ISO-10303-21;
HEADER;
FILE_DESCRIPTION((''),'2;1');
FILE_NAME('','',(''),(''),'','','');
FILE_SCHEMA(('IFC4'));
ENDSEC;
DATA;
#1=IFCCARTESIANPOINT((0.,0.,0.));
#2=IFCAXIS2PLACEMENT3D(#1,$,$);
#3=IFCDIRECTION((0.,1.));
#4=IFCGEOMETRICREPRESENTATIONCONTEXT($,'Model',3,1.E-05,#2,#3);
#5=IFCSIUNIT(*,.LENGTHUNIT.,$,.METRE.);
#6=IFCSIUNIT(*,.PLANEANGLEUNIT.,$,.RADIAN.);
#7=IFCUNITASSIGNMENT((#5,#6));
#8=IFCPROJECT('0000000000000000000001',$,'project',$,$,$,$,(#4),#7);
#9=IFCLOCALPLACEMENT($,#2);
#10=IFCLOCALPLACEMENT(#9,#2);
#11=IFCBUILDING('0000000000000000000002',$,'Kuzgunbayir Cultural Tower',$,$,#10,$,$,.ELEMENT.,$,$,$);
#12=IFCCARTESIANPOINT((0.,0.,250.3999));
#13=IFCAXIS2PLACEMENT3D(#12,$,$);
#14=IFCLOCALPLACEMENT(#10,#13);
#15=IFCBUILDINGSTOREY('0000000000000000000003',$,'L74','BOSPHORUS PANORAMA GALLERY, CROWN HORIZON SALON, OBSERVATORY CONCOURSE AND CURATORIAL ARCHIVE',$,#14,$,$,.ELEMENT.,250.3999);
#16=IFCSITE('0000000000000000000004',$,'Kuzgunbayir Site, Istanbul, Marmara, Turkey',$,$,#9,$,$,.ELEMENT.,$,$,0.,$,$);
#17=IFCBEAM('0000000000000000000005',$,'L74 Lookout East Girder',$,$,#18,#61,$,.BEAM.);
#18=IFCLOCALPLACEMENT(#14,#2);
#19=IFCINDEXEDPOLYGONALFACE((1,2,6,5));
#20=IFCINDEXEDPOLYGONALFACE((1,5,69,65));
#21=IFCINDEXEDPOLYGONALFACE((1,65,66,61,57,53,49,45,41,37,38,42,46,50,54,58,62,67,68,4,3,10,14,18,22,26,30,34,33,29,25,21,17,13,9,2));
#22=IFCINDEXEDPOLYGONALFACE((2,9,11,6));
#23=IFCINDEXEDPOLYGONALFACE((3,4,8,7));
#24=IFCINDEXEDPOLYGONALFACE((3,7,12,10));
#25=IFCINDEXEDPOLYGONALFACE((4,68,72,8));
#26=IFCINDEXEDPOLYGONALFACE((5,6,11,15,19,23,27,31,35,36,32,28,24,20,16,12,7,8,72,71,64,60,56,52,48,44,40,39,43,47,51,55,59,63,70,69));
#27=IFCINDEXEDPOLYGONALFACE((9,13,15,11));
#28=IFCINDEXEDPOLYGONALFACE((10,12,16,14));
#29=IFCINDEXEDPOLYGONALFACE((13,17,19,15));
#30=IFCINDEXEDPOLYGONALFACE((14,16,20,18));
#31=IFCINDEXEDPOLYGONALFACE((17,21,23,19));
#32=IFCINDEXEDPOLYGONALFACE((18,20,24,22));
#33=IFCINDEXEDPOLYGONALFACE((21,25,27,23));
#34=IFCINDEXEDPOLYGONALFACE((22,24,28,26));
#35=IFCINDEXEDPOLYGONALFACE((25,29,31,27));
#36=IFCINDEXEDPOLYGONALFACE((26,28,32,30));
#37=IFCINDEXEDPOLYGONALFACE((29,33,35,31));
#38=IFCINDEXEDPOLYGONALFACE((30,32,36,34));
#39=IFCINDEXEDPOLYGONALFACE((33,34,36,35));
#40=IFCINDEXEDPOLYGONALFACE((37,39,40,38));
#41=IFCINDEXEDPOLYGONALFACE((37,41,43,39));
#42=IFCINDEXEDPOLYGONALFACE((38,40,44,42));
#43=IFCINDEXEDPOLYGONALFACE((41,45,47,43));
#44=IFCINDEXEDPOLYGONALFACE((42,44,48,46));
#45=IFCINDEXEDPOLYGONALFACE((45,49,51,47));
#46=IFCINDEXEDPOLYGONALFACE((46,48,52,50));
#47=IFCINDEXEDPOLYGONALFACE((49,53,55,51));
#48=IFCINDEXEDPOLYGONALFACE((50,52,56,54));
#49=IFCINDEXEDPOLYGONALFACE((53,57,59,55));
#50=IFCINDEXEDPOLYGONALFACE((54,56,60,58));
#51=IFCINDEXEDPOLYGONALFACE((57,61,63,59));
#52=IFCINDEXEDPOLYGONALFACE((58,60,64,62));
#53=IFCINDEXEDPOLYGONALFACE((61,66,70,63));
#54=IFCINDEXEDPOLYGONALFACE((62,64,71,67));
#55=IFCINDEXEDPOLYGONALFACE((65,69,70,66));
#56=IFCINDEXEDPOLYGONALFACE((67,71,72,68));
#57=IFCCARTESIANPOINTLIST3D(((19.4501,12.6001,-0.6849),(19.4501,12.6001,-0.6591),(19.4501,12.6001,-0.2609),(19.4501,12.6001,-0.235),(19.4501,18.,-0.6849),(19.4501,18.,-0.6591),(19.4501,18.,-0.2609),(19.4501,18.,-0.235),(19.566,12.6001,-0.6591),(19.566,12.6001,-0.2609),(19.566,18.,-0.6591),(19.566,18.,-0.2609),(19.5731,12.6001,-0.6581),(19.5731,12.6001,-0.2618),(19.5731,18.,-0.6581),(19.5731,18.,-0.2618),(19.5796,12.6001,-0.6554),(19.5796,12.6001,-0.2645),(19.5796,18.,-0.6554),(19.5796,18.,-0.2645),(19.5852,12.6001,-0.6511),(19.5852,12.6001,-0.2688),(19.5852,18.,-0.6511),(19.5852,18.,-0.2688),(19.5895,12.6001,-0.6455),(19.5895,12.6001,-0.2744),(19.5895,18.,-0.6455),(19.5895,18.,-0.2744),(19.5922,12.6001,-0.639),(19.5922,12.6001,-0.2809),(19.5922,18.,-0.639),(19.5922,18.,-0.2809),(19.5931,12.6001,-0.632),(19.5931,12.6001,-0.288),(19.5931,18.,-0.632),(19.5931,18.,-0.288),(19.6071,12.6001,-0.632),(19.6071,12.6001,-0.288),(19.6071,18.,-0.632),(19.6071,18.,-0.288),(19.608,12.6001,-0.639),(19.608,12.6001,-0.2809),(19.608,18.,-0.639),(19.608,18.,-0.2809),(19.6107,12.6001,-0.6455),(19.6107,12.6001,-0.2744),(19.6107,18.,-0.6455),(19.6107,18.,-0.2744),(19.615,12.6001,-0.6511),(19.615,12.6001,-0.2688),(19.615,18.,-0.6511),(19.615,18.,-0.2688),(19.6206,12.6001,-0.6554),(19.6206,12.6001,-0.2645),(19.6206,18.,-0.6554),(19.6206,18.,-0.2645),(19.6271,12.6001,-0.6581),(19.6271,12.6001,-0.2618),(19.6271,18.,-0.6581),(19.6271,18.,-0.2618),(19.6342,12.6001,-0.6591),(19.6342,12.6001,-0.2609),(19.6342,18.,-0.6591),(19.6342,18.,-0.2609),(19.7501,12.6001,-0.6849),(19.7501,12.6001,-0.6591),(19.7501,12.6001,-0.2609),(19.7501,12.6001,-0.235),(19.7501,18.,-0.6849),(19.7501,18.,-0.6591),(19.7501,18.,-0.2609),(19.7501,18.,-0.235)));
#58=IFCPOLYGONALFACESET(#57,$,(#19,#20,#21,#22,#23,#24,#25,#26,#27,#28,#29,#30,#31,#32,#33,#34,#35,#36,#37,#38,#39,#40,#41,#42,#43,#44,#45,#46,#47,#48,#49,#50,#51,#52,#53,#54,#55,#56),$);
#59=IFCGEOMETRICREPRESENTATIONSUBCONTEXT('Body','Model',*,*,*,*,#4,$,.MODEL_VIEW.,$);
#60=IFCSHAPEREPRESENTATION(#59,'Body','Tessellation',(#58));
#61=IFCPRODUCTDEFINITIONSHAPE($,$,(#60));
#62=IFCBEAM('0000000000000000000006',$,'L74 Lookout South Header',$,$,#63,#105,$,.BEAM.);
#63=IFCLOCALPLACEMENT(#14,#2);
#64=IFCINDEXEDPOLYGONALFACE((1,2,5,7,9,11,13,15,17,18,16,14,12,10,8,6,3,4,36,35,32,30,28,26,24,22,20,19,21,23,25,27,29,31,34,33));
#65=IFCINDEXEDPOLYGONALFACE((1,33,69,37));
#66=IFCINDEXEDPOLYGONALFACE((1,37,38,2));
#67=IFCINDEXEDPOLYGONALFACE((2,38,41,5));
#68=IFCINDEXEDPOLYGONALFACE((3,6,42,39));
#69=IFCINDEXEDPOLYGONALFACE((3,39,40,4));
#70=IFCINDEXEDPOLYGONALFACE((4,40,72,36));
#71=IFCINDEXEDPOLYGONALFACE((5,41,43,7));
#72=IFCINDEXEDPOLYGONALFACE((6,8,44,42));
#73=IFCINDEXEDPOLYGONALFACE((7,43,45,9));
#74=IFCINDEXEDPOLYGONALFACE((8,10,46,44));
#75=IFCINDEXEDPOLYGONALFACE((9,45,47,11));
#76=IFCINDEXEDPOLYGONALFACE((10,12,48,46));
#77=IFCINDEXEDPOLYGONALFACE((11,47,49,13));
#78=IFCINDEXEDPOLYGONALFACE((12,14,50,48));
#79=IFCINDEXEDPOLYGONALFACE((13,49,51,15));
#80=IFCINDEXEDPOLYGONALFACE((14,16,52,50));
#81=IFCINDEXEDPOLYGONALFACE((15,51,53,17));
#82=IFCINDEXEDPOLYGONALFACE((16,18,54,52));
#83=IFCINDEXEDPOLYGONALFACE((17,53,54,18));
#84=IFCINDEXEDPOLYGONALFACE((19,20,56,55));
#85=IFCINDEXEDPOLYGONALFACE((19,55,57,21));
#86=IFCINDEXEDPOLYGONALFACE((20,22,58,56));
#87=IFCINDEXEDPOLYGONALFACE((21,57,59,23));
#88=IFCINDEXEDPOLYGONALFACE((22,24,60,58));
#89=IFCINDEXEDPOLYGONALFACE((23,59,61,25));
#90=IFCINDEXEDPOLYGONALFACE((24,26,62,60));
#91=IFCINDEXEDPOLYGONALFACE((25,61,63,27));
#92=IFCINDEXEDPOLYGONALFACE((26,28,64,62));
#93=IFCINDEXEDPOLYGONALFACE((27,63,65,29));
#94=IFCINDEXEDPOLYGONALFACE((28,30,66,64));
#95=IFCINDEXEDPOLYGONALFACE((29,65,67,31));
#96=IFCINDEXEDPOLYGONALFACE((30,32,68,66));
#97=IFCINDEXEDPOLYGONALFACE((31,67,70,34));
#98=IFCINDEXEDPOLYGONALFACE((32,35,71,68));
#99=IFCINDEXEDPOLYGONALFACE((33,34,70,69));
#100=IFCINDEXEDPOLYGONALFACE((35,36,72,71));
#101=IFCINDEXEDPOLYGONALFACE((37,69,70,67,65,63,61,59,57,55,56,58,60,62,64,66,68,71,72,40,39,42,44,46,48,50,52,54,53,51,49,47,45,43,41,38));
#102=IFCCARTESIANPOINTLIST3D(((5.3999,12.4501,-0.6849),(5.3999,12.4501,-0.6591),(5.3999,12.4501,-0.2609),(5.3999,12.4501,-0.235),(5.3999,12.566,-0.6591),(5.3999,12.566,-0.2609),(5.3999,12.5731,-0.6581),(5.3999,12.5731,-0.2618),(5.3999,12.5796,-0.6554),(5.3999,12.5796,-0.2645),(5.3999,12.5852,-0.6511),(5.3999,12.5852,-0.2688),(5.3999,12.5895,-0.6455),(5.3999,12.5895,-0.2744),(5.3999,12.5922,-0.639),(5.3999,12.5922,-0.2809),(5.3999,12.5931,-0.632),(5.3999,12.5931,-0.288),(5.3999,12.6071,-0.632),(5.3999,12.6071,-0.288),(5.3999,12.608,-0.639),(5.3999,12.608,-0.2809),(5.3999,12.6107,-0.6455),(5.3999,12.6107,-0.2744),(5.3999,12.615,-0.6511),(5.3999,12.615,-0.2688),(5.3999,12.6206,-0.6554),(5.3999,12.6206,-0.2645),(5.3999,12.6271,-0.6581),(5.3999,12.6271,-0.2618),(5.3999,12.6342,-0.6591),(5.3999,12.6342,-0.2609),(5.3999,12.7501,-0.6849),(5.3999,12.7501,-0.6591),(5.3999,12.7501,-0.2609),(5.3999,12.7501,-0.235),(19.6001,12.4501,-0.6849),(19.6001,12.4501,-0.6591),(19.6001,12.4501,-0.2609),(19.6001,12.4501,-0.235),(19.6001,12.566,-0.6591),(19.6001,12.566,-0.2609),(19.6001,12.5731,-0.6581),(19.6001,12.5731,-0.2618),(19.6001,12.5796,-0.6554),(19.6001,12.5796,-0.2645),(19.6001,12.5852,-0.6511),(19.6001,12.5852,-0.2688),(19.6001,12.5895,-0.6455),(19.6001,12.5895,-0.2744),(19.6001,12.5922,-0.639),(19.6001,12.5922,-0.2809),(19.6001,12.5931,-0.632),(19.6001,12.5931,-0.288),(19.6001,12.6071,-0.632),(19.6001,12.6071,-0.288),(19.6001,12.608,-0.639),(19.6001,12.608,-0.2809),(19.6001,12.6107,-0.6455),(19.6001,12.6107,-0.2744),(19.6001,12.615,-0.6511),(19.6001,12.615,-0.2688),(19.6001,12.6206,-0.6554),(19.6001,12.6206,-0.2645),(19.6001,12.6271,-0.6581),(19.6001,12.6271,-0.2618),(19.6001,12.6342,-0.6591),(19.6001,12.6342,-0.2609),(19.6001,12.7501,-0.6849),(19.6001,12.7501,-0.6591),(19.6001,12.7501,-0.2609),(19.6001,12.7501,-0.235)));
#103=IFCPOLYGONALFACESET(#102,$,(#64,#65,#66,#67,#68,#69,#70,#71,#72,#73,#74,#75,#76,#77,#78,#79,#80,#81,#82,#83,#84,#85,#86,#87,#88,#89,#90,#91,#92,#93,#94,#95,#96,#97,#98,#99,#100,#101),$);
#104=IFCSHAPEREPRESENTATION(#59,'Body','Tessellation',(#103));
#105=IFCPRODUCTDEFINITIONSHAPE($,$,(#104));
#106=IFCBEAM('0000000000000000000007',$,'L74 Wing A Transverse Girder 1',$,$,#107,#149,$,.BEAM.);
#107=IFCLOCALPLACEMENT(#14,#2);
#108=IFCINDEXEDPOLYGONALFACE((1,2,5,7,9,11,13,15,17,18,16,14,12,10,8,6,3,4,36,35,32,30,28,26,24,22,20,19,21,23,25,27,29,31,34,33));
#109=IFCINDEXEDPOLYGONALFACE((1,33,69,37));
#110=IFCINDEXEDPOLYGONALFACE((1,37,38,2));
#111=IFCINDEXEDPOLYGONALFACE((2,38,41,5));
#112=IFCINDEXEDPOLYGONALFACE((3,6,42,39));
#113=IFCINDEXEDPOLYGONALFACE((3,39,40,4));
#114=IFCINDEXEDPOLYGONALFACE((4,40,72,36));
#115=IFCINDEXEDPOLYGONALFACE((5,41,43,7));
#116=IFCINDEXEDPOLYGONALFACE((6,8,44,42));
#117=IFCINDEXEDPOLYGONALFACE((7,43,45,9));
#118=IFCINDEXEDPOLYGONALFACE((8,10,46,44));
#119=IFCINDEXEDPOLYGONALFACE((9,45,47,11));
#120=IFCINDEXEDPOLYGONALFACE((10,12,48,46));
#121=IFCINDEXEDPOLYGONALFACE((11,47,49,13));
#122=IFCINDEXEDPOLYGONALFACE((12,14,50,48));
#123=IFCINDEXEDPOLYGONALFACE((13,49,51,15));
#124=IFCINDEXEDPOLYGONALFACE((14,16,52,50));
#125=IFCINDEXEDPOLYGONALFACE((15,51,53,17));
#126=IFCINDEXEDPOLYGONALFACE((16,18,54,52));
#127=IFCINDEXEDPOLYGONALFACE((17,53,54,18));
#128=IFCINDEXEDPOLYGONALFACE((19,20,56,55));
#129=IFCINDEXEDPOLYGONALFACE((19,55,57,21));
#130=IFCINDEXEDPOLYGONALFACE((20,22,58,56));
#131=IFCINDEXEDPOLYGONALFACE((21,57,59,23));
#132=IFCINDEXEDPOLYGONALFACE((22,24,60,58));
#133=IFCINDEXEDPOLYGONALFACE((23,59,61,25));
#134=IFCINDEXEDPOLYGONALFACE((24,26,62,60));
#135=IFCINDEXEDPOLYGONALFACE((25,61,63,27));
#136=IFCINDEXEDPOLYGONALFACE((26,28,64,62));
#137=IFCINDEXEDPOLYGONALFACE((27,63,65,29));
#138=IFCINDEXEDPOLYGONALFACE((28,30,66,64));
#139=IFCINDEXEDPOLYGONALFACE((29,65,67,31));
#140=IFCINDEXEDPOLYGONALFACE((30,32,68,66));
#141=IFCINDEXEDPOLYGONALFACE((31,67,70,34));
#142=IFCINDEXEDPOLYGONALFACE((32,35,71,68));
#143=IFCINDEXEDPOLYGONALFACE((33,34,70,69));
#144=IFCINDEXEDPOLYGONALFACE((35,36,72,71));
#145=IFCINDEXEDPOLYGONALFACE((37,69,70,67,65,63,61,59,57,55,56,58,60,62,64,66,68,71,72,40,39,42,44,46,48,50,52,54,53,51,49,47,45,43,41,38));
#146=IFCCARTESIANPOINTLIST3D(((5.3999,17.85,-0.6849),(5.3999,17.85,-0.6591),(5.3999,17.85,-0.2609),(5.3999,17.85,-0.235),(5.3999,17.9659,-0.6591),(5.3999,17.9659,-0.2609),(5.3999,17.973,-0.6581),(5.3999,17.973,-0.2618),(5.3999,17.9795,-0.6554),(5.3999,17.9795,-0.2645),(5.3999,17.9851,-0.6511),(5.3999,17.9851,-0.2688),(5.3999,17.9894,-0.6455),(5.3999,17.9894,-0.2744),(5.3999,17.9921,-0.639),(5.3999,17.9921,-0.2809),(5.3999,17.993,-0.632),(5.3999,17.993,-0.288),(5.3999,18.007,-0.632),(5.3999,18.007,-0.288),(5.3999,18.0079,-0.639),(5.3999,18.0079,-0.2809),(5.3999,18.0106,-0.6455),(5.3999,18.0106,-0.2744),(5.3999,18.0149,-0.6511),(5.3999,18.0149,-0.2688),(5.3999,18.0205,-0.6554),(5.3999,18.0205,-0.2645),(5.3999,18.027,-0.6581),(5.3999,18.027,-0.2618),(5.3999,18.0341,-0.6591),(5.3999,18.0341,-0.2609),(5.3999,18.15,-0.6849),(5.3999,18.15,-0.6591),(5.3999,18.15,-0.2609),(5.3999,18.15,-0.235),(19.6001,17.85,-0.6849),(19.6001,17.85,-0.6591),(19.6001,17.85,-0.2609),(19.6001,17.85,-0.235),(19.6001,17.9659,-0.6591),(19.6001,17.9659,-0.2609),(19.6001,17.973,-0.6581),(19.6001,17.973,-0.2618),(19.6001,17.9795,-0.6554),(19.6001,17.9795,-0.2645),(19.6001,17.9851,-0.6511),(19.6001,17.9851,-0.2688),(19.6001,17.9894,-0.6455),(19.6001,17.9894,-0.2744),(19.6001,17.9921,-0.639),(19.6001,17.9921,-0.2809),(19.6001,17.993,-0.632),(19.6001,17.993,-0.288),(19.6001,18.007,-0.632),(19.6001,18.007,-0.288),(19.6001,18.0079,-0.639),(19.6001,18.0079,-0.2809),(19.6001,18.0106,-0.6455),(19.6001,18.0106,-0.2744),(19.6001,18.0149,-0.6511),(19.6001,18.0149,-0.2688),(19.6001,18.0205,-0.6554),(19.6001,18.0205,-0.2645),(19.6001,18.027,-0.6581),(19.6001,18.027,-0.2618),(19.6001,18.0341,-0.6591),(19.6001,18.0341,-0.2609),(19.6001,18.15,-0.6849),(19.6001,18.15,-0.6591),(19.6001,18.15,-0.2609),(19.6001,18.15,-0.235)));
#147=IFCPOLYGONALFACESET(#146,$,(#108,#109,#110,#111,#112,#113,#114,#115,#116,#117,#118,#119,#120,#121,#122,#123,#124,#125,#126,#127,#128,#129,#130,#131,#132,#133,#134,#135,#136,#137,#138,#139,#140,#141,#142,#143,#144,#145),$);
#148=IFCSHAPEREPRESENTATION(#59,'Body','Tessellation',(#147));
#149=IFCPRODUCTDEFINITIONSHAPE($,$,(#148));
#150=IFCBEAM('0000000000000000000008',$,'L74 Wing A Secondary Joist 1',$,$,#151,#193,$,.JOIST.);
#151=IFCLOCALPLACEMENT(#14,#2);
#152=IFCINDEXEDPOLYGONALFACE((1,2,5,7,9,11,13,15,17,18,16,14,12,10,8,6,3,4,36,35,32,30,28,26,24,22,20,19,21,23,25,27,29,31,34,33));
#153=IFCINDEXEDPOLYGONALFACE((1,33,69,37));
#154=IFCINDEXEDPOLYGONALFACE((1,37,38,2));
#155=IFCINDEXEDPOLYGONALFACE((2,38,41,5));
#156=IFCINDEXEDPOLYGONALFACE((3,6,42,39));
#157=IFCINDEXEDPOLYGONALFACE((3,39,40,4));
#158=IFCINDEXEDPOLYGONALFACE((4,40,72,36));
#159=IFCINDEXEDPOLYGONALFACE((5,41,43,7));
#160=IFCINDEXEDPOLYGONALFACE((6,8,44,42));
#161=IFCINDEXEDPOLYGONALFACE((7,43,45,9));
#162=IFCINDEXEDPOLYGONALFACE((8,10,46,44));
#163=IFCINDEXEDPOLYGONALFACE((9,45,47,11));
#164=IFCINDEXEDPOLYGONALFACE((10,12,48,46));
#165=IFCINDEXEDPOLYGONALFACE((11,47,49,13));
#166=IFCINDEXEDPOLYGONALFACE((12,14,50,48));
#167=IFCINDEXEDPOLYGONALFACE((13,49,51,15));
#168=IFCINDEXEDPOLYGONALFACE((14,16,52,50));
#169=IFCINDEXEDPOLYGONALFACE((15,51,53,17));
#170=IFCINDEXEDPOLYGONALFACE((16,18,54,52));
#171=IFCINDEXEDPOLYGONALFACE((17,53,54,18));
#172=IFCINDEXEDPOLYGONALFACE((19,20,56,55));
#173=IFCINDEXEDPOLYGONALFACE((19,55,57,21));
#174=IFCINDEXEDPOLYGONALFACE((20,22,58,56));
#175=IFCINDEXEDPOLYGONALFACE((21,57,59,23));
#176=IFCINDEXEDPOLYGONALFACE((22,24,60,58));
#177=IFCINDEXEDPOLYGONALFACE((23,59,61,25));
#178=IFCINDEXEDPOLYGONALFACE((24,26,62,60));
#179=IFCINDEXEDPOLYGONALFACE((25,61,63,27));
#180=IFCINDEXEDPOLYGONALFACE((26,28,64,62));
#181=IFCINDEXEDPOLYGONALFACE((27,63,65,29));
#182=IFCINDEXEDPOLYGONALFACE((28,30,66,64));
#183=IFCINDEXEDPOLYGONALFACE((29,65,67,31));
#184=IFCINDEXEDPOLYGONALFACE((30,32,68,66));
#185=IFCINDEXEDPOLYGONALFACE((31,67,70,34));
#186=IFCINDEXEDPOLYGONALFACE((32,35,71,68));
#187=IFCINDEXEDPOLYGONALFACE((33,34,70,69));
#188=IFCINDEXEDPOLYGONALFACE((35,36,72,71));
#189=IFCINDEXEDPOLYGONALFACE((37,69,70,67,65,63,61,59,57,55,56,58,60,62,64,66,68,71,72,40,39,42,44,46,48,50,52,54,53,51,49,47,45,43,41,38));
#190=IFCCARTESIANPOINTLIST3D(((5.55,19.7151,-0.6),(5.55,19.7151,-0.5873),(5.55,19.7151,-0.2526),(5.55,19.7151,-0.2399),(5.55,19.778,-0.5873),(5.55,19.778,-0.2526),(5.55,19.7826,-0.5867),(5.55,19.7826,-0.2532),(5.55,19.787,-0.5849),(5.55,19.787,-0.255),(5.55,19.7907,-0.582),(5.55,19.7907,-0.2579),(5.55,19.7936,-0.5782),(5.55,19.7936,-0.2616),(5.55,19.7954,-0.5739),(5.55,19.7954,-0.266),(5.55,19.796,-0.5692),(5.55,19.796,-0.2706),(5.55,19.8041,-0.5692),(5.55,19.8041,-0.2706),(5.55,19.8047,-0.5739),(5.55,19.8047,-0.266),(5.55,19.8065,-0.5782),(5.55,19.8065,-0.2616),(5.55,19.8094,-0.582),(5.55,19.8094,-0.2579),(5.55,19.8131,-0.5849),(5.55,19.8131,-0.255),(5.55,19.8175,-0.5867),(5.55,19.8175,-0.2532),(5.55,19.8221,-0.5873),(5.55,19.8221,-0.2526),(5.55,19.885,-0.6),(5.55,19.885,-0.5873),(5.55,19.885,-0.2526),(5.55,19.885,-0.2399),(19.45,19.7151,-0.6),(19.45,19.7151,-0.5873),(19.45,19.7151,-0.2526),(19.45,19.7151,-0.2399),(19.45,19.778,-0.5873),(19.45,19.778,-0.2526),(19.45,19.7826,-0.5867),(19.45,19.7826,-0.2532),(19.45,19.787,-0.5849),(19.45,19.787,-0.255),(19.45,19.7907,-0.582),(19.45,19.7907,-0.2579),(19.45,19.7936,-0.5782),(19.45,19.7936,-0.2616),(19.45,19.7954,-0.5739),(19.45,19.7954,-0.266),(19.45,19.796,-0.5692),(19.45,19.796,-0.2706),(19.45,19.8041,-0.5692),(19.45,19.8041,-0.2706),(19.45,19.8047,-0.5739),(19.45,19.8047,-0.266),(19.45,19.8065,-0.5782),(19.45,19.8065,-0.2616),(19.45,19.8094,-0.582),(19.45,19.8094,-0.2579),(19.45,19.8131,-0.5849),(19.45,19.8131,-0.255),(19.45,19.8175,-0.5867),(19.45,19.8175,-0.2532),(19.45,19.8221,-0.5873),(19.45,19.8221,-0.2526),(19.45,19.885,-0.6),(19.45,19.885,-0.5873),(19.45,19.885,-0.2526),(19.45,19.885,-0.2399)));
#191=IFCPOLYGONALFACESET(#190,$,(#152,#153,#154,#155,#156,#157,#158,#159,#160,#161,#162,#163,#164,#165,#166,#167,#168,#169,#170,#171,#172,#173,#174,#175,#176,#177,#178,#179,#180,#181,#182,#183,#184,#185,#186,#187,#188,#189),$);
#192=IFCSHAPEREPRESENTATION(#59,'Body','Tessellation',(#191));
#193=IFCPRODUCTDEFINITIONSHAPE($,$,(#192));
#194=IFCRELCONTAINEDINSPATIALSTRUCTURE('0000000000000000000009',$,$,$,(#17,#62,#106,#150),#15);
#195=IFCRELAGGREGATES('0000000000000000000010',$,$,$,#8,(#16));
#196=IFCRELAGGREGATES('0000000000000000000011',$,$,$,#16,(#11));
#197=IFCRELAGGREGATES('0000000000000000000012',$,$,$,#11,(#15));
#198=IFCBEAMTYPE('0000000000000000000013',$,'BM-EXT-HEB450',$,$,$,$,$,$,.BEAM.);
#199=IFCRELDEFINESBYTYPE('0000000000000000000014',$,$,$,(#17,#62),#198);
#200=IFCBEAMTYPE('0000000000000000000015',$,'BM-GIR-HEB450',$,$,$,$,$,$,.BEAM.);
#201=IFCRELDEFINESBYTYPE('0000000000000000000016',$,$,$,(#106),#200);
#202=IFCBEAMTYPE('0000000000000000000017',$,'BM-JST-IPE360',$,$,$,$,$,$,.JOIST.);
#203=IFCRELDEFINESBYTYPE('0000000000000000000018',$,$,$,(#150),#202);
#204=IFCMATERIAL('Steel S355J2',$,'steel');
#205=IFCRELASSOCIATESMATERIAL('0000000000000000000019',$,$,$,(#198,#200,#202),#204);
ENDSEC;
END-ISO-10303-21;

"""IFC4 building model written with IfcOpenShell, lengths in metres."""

from ifc_helpers import new_model, si_unit, direction, frame, origin, origin_2d, place, context, subcontext, project, spatial, i_section, extrude, material, material_profile, profile_set, type_object, element, save


model = new_model("IFC4")

# Units and contexts
model_context = context("Model", 3, precision=1e-05, world=origin(), true_north=direction((0.0, 1.0)))
body_context = subcontext(model_context, "Body", "Model", "MODEL_VIEW")
ifc_project = project(units=[si_unit("LENGTHUNIT", "METRE"), si_unit("PLANEANGLEUNIT", "RADIAN")], contexts=[model_context])

# Site, building, storey
site_placement = place(None, origin())
site = spatial("IfcSite", under=ifc_project, at=site_placement, Name="Kuzgunbayir Site, Istanbul, Marmara, Turkey", CompositionType="ELEMENT", RefElevation=0.0)
building_placement = place(site_placement, origin())
building = spatial("IfcBuilding", under=site, at=building_placement, Name="Kuzgunbayir Cultural Tower", CompositionType="ELEMENT")
storey_placement = place(building_placement, frame((0.0, 0.0, 250.3999)))
storey = spatial("IfcBuildingStorey", under=building, at=storey_placement, Name="L74", Description="BOSPHORUS PANORAMA GALLERY, CROWN HORIZON SALON, OBSERVATORY CONCOURSE AND CURATORIAL ARCHIVE", CompositionType="ELEMENT", Elevation=250.3999)

# Beams
ifc_material_1 = material(Name="Steel S355J2", Category="steel")
ifc_material_profile_1 = material_profile(ifc_material_1, i_section(OverallWidth=0.3, OverallDepth=0.45, WebThickness=0.0139, FlangeThickness=0.0259, FilletRadius=0.0271, at=origin_2d()), Name="HEB 450")
ifc_profile_set_1 = profile_set([ifc_material_profile_1], Name="Steel S355J2")
beam_type_1 = type_object("IfcBeamType", Name="BM-EXT-HEB450", PredefinedType="BEAM", material=ifc_profile_set_1)
for number, where, z_axis, x_axis, name in (
    (1, (19.6001, 12.6001, -0.46), (0.0, 1.0, 0.0), (-1.0, 0.0, 0.0), "L74 Lookout East Girder"),
):
    element("IfcBeam", number, at=place(storey_placement, frame(where, z_axis=z_axis, x_axis=x_axis)), inside=storey, type_object=beam_type_1, Name=name, PredefinedType="BEAM", context=body_context, shape_type="SweptSolid", body=[
        extrude(i_section(OverallWidth=0.3, OverallDepth=0.45, WebThickness=0.0139, FlangeThickness=0.0259, FilletRadius=0.0271, at=origin_2d()), origin(), (0.0, 0.0, 1.0), 5.3999),
    ])
beam_1_placement = place(storey_placement, frame((5.3999, 12.6001, -0.46), z_axis=(1.0, 0.0, 0.0), x_axis=(0.0, 1.0, 0.0)))
element("IfcBeam", 2, at=beam_1_placement, inside=storey, type_object=beam_type_1, Name="L74 Lookout South Header", PredefinedType="BEAM", context=body_context, shape_type="SweptSolid", body=[
    extrude(i_section(OverallWidth=0.3, OverallDepth=0.45, WebThickness=0.0139, FlangeThickness=0.0259, FilletRadius=0.0271, at=origin_2d()), origin(), (0.0, 0.0, 1.0), 14.2002),
])
ifc_material_profile_2 = material_profile(ifc_material_1, i_section(OverallWidth=0.3, OverallDepth=0.45, WebThickness=0.0139, FlangeThickness=0.0259, FilletRadius=0.0271, at=origin_2d()), Name="HEB 450")
ifc_profile_set_2 = profile_set([ifc_material_profile_2], Name="Steel S355J2")
beam_type_2 = type_object("IfcBeamType", Name="BM-GIR-HEB450", PredefinedType="BEAM", material=ifc_profile_set_2)
beam_2_placement = place(storey_placement, frame((5.3999, 18.0, -0.46), z_axis=(1.0, 0.0, 0.0), x_axis=(0.0, 1.0, 0.0)))
element("IfcBeam", 3, at=beam_2_placement, inside=storey, type_object=beam_type_2, Name="L74 Wing A Transverse Girder 1", PredefinedType="BEAM", context=body_context, shape_type="SweptSolid", body=[
    extrude(i_section(OverallWidth=0.3, OverallDepth=0.45, WebThickness=0.0139, FlangeThickness=0.0259, FilletRadius=0.0271, at=origin_2d()), origin(), (0.0, 0.0, 1.0), 14.2002),
])
ifc_material_profile_3 = material_profile(ifc_material_1, i_section(OverallWidth=0.1699, OverallDepth=0.3601, WebThickness=0.0081, FlangeThickness=0.0127, FilletRadius=0.0181, at=origin_2d()), Name="IPE 360")
ifc_profile_set_3 = profile_set([ifc_material_profile_3], Name="Steel S355J2")
beam_type_3 = type_object("IfcBeamType", Name="BM-JST-IPE360", PredefinedType="JOIST", material=ifc_profile_set_3)
for number, where, z_axis, x_axis, name in (
    (4, (5.55, 19.8, -0.4199), (1.0, 0.0, 0.0), (0.0, 1.0, 0.0), "L74 Wing A Secondary Joist 1"),
):
    element("IfcBeam", number, at=place(storey_placement, frame(where, z_axis=z_axis, x_axis=x_axis)), inside=storey, type_object=beam_type_3, Name=name, PredefinedType="JOIST", context=body_context, shape_type="SweptSolid", body=[
        extrude(i_section(OverallWidth=0.1699, OverallDepth=0.3601, WebThickness=0.0081, FlangeThickness=0.0127, FilletRadius=0.0181, at=origin_2d()), origin(), (0.0, 0.0, 1.0), 13.8999),
    ])

save(model, "model.ifc")
